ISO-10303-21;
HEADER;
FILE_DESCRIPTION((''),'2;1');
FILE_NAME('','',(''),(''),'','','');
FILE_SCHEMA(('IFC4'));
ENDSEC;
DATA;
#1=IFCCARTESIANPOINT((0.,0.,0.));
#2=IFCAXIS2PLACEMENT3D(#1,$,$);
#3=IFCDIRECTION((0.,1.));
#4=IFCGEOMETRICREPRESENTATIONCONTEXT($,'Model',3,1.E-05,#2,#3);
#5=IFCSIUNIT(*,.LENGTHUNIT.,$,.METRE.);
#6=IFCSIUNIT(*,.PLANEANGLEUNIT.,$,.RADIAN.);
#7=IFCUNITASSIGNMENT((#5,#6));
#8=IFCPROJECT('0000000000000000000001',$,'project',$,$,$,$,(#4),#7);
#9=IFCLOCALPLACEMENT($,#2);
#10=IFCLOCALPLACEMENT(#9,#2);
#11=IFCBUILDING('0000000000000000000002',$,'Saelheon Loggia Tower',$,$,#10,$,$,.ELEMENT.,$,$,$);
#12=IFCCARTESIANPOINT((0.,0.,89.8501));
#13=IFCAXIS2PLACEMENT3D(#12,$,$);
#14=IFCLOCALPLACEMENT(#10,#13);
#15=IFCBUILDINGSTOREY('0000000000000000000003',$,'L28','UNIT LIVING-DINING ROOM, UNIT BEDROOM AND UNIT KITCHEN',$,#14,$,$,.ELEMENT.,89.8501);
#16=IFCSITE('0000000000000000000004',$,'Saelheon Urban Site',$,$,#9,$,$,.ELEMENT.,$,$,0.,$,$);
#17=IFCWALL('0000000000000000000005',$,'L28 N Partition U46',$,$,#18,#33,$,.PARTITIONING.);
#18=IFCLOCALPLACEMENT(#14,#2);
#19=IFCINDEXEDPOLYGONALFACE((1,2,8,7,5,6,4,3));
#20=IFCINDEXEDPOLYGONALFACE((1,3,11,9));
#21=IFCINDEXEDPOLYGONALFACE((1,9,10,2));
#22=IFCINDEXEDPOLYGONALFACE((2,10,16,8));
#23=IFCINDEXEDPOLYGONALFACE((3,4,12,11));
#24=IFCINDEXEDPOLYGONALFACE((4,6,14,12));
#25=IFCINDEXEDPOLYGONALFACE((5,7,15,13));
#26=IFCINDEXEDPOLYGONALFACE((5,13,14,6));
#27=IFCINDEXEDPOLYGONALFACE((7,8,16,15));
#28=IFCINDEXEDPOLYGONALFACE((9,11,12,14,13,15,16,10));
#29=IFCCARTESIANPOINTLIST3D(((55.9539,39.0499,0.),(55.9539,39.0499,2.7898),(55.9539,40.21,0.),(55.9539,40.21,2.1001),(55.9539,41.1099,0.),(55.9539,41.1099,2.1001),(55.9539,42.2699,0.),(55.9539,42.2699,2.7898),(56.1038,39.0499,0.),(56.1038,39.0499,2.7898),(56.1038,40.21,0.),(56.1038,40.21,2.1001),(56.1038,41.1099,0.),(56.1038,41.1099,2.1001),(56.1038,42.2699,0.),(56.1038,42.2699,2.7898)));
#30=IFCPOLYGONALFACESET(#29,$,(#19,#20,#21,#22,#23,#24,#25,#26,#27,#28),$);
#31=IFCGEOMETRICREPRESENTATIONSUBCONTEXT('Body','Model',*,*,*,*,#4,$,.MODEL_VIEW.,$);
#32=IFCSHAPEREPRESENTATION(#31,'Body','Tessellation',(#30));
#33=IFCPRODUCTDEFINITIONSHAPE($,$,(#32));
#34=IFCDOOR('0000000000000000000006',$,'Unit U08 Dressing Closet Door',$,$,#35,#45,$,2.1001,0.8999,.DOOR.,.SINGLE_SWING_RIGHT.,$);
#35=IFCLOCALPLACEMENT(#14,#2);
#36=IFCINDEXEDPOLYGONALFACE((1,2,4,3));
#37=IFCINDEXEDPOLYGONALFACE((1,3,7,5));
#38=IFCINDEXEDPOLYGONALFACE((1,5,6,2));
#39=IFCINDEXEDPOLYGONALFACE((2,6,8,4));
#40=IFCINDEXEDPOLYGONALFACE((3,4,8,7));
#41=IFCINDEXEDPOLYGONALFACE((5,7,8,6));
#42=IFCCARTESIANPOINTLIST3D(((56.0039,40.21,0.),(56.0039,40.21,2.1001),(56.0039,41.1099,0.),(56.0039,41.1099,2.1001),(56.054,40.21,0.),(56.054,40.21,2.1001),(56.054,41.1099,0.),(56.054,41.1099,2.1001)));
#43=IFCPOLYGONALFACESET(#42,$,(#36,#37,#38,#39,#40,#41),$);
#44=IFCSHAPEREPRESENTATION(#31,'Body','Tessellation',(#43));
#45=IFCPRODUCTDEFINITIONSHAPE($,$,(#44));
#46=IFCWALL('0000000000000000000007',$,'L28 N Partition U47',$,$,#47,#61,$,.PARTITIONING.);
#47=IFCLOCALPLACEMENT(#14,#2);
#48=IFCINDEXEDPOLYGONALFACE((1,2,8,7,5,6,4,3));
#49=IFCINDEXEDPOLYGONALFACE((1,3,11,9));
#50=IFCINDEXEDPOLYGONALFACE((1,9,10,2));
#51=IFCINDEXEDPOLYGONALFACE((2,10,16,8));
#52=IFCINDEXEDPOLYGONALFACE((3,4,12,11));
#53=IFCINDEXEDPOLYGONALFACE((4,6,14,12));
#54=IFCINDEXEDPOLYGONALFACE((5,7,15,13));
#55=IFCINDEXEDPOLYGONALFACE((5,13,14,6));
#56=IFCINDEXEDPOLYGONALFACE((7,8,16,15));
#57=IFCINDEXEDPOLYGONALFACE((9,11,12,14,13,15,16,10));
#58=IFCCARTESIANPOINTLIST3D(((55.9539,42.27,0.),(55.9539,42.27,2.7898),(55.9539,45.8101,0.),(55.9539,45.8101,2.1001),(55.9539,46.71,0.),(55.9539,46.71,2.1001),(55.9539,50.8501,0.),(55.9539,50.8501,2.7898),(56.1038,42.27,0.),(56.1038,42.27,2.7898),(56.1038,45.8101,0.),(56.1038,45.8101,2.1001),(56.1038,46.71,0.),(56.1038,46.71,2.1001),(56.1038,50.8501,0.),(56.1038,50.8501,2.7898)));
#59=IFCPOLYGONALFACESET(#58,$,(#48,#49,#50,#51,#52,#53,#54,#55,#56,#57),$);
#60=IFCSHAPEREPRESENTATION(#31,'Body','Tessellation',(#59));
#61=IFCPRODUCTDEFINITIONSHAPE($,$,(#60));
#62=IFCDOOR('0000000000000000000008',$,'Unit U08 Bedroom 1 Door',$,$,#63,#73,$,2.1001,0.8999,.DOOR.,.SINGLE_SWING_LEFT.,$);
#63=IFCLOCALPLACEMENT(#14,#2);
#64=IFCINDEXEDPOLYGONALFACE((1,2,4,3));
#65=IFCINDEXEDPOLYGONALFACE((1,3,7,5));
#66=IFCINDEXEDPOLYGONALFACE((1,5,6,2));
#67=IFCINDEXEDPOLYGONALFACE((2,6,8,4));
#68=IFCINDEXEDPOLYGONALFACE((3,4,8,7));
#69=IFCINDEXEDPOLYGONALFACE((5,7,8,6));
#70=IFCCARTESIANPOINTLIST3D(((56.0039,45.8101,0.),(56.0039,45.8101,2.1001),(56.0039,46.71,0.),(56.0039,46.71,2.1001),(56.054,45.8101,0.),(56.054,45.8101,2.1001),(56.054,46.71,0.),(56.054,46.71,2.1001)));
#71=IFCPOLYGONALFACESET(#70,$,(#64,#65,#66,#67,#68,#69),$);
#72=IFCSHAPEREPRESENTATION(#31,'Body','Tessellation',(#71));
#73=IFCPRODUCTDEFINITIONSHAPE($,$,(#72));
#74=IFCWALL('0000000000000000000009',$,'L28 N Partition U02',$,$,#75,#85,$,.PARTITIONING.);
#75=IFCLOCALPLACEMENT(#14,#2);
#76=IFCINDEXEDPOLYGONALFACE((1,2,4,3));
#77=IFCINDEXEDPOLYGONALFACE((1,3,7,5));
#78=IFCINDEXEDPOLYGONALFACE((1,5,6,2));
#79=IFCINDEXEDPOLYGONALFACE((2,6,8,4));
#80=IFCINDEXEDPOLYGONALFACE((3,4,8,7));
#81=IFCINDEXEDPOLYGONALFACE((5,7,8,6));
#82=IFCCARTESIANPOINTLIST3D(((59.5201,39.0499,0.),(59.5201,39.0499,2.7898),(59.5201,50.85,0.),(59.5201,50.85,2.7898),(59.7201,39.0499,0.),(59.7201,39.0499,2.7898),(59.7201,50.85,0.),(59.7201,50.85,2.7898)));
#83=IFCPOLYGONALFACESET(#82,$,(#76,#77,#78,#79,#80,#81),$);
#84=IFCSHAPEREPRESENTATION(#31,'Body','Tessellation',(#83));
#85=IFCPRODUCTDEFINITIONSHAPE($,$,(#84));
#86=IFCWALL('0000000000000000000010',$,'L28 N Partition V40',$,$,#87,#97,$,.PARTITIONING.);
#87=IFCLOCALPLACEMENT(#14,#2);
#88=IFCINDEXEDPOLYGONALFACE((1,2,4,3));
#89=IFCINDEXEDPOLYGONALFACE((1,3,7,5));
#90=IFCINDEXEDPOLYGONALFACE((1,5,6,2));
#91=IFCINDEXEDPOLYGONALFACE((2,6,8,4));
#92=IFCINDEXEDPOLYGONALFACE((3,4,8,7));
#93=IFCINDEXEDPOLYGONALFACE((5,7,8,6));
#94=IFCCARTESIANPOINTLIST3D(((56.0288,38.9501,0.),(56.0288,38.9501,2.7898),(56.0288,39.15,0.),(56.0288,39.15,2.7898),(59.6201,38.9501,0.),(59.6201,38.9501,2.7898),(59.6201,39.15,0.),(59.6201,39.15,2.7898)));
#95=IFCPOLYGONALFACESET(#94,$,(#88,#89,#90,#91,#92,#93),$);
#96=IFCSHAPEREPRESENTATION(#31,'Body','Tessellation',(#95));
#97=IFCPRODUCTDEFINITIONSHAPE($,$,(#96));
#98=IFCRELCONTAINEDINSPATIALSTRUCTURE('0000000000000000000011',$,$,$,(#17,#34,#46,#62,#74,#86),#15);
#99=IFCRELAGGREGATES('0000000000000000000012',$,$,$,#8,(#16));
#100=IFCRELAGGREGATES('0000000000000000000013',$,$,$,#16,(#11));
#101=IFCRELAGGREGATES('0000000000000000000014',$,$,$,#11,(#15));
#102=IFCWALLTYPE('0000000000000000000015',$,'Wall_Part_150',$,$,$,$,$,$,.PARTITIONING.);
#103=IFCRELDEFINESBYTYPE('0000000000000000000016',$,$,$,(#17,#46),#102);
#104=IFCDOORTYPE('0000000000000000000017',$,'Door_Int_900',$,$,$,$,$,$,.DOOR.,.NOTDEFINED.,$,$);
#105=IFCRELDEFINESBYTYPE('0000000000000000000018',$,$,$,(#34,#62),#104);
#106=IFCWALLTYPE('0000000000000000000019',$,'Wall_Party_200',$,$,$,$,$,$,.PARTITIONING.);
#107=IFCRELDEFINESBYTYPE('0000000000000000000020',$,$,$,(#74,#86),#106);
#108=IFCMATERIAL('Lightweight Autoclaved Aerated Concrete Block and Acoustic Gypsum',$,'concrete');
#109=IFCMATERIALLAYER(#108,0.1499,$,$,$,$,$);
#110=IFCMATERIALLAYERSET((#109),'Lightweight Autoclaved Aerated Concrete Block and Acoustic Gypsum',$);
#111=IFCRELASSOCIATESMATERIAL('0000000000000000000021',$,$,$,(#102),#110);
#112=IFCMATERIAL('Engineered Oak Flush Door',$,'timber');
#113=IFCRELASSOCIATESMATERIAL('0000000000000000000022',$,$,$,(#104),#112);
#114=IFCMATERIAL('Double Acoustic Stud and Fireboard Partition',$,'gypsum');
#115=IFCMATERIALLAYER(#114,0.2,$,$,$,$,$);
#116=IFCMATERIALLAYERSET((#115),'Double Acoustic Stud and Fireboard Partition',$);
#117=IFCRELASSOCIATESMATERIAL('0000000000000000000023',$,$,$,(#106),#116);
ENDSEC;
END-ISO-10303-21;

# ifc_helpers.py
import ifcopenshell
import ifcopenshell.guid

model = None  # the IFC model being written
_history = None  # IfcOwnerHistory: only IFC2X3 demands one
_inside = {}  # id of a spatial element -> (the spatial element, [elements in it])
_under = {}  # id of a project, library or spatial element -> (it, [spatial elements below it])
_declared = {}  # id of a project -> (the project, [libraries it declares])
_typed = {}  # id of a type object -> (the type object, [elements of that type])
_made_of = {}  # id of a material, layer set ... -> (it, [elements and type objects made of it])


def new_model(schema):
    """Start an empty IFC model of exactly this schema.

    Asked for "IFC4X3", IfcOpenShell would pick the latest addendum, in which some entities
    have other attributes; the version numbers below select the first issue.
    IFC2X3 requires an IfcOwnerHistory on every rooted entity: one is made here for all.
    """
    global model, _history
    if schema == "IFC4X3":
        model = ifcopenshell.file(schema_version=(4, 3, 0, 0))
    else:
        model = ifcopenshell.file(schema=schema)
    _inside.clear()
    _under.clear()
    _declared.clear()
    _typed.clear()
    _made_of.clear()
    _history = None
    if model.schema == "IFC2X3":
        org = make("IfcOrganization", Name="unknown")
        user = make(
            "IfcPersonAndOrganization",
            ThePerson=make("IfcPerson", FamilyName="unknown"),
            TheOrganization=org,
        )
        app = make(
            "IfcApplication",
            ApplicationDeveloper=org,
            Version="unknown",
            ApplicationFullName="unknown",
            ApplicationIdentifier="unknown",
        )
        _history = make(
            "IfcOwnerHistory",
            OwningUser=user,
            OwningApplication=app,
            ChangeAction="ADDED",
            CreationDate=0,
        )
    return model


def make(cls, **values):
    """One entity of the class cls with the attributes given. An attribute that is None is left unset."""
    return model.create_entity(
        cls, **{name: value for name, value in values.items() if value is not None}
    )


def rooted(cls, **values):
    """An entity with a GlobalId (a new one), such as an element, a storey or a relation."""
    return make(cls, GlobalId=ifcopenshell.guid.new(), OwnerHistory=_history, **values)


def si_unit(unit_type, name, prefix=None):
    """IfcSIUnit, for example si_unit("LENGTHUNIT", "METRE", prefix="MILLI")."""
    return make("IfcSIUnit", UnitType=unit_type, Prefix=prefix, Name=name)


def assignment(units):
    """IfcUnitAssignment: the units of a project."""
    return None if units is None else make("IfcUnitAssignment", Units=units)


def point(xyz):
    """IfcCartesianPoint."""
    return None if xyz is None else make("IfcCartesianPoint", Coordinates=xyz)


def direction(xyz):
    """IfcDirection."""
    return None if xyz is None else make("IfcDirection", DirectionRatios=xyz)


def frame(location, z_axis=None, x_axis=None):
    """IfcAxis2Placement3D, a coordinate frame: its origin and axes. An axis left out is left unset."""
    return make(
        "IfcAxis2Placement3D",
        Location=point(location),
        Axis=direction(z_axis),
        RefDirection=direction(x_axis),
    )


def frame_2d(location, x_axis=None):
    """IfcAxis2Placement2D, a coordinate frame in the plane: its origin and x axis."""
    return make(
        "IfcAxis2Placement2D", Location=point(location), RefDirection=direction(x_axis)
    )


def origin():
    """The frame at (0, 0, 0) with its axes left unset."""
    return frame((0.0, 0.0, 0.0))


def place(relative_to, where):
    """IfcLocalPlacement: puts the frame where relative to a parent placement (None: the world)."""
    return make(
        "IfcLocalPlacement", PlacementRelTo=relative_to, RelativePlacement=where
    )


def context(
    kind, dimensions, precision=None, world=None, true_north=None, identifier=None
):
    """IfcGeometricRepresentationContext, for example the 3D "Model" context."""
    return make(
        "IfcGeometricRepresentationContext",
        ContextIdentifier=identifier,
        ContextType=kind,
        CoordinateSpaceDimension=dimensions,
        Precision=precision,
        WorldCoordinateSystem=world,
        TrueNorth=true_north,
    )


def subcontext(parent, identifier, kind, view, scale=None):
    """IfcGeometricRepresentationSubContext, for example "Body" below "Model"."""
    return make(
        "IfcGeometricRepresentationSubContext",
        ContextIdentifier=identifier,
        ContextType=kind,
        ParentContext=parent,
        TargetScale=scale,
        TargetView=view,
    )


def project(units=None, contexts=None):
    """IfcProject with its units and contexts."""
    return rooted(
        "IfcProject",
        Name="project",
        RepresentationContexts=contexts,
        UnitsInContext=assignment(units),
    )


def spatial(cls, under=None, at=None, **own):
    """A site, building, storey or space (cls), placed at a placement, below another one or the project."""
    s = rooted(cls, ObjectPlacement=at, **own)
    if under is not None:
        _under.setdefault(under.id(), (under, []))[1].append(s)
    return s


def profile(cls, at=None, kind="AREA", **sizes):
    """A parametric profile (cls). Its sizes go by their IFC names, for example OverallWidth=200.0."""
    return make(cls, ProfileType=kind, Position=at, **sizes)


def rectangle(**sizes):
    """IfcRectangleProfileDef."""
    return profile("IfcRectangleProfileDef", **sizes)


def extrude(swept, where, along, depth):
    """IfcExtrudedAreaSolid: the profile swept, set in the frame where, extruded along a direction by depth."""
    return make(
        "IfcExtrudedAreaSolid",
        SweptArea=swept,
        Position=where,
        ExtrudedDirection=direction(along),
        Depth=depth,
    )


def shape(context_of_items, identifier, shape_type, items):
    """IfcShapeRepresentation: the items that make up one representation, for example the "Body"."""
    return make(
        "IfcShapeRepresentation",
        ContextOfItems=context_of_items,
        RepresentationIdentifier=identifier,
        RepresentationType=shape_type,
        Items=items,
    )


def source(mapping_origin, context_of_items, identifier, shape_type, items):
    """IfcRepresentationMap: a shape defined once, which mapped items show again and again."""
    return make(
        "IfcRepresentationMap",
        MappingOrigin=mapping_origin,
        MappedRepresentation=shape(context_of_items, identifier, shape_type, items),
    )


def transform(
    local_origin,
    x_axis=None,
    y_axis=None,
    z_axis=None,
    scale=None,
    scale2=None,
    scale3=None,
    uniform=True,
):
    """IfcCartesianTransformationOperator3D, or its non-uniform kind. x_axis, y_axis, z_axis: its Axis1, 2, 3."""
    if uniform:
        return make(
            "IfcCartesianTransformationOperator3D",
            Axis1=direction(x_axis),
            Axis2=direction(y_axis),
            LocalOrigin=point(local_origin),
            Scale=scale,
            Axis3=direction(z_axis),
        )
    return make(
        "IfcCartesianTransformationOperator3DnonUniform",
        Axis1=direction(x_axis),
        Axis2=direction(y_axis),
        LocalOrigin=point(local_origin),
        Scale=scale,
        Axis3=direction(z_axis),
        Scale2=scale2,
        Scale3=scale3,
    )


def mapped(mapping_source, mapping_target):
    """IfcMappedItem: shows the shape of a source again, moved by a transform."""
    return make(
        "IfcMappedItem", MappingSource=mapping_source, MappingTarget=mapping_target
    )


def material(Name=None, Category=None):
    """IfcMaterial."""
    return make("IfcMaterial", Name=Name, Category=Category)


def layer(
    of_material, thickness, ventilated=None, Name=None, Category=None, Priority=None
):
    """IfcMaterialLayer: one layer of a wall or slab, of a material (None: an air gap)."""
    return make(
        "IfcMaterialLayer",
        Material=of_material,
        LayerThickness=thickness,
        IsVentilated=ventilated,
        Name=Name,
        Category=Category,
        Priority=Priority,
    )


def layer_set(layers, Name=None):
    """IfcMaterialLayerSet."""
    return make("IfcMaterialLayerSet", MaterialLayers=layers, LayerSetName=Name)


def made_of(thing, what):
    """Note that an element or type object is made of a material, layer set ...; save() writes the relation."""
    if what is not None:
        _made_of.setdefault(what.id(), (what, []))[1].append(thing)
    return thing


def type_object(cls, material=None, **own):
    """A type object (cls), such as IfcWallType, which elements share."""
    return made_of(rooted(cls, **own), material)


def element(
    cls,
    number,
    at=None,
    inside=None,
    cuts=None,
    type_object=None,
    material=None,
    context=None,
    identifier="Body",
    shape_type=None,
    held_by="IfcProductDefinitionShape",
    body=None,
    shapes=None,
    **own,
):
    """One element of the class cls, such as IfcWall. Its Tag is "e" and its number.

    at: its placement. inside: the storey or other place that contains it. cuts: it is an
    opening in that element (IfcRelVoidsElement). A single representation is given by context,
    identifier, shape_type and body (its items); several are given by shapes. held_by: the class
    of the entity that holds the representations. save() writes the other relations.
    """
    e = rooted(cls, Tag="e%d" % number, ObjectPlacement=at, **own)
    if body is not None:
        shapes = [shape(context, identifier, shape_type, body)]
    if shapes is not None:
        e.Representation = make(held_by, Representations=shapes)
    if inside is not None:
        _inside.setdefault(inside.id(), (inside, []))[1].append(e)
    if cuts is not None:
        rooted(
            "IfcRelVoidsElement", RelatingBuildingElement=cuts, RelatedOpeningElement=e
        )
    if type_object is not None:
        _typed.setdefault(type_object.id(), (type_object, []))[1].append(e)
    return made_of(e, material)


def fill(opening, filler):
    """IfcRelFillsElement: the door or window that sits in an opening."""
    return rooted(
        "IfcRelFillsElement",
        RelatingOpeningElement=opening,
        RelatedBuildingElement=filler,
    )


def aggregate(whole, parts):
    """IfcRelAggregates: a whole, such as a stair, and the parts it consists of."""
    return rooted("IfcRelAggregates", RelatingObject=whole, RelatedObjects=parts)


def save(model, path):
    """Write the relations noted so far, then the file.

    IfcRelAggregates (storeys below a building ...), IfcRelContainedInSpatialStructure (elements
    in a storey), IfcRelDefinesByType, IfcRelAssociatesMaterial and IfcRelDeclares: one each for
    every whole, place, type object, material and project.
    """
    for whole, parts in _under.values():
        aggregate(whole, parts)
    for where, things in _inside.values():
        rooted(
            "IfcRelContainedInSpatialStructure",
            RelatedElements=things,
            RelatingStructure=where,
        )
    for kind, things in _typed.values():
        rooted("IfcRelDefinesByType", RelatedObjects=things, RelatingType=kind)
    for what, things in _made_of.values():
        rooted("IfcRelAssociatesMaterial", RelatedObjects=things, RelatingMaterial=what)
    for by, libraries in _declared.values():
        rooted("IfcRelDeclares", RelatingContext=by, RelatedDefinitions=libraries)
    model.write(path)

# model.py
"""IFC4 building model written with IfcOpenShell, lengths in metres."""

from ifc_helpers import new_model, si_unit, direction, frame, frame_2d, origin, place, context, subcontext, project, spatial, rectangle, extrude, source, transform, mapped, material, layer, layer_set, type_object, element, fill, save


model = new_model("IFC4")

# Units and contexts
model_context = context("Model", 3, precision=1e-05, world=origin(), true_north=direction((0.0, 1.0)))
body_context = subcontext(model_context, "Body", "Model", "MODEL_VIEW")
ifc_project = project(units=[si_unit("LENGTHUNIT", "METRE"), si_unit("PLANEANGLEUNIT", "RADIAN")], contexts=[model_context])

# Site, building, storey
site_placement = place(None, origin())
site = spatial("IfcSite", under=ifc_project, at=site_placement, Name="Saelheon Urban Site", CompositionType="ELEMENT", RefElevation=0.0)
building_placement = place(site_placement, origin())
building = spatial("IfcBuilding", under=site, at=building_placement, Name="Saelheon Loggia Tower", CompositionType="ELEMENT")
storey_placement = place(building_placement, frame((0.0, 0.0, 89.8501)))
storey = spatial("IfcBuildingStorey", under=building, at=storey_placement, Name="L28", Description="UNIT LIVING-DINING ROOM, UNIT BEDROOM AND UNIT KITCHEN", CompositionType="ELEMENT", Elevation=89.8501)

# Shared definitions
ifc_material_1 = material(Name="Lightweight Autoclaved Aerated Concrete Block and Acoustic Gypsum", Category="concrete")
ifc_layer_1 = layer(ifc_material_1, 0.1499)
ifc_layer_set_1 = layer_set([ifc_layer_1], Name="Lightweight Autoclaved Aerated Concrete Block and Acoustic Gypsum")
wall_type_1 = type_object("IfcWallType", Name="Wall_Part_150", PredefinedType="PARTITIONING", material=ifc_layer_set_1)

# Walls, openings, doors
wall_1_placement = place(storey_placement, frame((56.0288, 39.05, 0.0), z_axis=(0.0, 0.0, 1.0), x_axis=(0.0, 1.0, 0.0)))
wall_1 = element("IfcWall", 1, at=wall_1_placement, inside=storey, type_object=wall_type_1, Name="L28 N Partition U46", PredefinedType="PARTITIONING", context=body_context, shape_type="SweptSolid", body=[
    extrude(rectangle(XDim=3.22, YDim=0.1499, at=frame_2d((1.6099, 0.0))), origin(), (0.0, 0.0, 1.0), 2.7898),
])
opening_1_placement = place(wall_1_placement, frame((1.1599, 0.0, 0.0)))
opening_1 = element("IfcOpeningElement", 2, at=opening_1_placement, cuts=wall_1, PredefinedType="OPENING", context=body_context, shape_type="SweptSolid", body=[
    extrude(rectangle(XDim=0.8999, YDim=2.1001, at=frame_2d((0.45, 1.05))), frame((0.0, 0.0869, 0.0), z_axis=(0.0, -1.0, 0.0), x_axis=(1.0, 0.0, 0.0)), (0.0, 0.0, 1.0), 0.1738),
])
ifc_material_2 = material(Name="Engineered Oak Flush Door", Category="timber")
door_type = type_object("IfcDoorType", Name="Door_Int_900", OperationType="NOTDEFINED", PredefinedType="DOOR", material=ifc_material_2)
shared_shape_1 = source(origin(), body_context, "Body", "SweptSolid", [
    extrude(rectangle(XDim=0.8999, YDim=2.1001, at=frame_2d((0.45, 1.05))), frame((0.0, 0.0249, 0.0), z_axis=(0.0, -1.0, 0.0), x_axis=(1.0, 0.0, 0.0)), (0.0, 0.0, 1.0), 0.05),
])
door_1_placement = place(opening_1_placement, origin())
door_1 = element("IfcDoor", 3, at=door_1_placement, inside=storey, type_object=door_type, Name="Unit U08 Dressing Closet Door", OperationType="SINGLE_SWING_RIGHT", OverallHeight=2.1001, OverallWidth=0.8999, PredefinedType="DOOR", context=body_context, shape_type="MappedRepresentation", body=[
    mapped(shared_shape_1, transform((0.0, 0.0, 0.0), scale=1.0)),
])
fill(opening_1, door_1)
wall_2_placement = place(storey_placement, frame((56.0288, 42.27, 0.0), z_axis=(0.0, 0.0, 1.0), x_axis=(0.0, 1.0, 0.0)))
wall_2 = element("IfcWall", 4, at=wall_2_placement, inside=storey, type_object=wall_type_1, Name="L28 N Partition U47", PredefinedType="PARTITIONING", context=body_context, shape_type="SweptSolid", body=[
    extrude(rectangle(XDim=8.5801, YDim=0.1499, at=frame_2d((4.29, 0.0))), origin(), (0.0, 0.0, 1.0), 2.7898),
])
opening_2_placement = place(wall_2_placement, frame((3.54, 0.0, 0.0)))
opening_2 = element("IfcOpeningElement", 5, at=opening_2_placement, cuts=wall_2, PredefinedType="OPENING", context=body_context, shape_type="SweptSolid", body=[
    extrude(rectangle(XDim=0.8999, YDim=2.1001, at=frame_2d((0.45, 1.05))), frame((0.0, 0.0869, 0.0), z_axis=(0.0, -1.0, 0.0), x_axis=(1.0, 0.0, 0.0)), (0.0, 0.0, 1.0), 0.1738),
])
door_2_placement = place(opening_2_placement, origin())
door_2 = element("IfcDoor", 6, at=door_2_placement, inside=storey, type_object=door_type, Name="Unit U08 Bedroom 1 Door", OperationType="SINGLE_SWING_LEFT", OverallHeight=2.1001, OverallWidth=0.8999, PredefinedType="DOOR", context=body_context, shape_type="MappedRepresentation", body=[
    mapped(shared_shape_1, transform((0.0, 0.0, 0.0), scale=1.0)),
])
fill(opening_2, door_2)

# Walls
ifc_material_3 = material(Name="Double Acoustic Stud and Fireboard Partition", Category="gypsum")
ifc_layer_2 = layer(ifc_material_3, 0.2)
ifc_layer_set_2 = layer_set([ifc_layer_2], Name="Double Acoustic Stud and Fireboard Partition")
wall_type_2 = type_object("IfcWallType", Name="Wall_Party_200", PredefinedType="PARTITIONING", material=ifc_layer_set_2)
wall_3_placement = place(storey_placement, frame((59.6201, 39.05, 0.0), z_axis=(0.0, 0.0, 1.0), x_axis=(0.0, 1.0, 0.0)))
element("IfcWall", 7, at=wall_3_placement, inside=storey, type_object=wall_type_2, Name="L28 N Partition U02", PredefinedType="PARTITIONING", context=body_context, shape_type="SweptSolid", body=[
    extrude(rectangle(XDim=11.8, YDim=0.2, at=frame_2d((5.8999, 0.0))), origin(), (0.0, 0.0, 1.0), 2.7898),
])
wall_4_placement = place(storey_placement, frame((56.0288, 39.05, 0.0), z_axis=(0.0, 0.0, 1.0), x_axis=(1.0, 0.0, 0.0)))
element("IfcWall", 8, at=wall_4_placement, inside=storey, type_object=wall_type_2, Name="L28 N Partition V40", PredefinedType="PARTITIONING", context=body_context, shape_type="SweptSolid", body=[
    extrude(rectangle(XDim=3.5913, YDim=0.2, at=frame_2d((1.7957, 0.0))), origin(), (0.0, 0.0, 1.0), 2.7898),
])

save(model, "model.ifc")
